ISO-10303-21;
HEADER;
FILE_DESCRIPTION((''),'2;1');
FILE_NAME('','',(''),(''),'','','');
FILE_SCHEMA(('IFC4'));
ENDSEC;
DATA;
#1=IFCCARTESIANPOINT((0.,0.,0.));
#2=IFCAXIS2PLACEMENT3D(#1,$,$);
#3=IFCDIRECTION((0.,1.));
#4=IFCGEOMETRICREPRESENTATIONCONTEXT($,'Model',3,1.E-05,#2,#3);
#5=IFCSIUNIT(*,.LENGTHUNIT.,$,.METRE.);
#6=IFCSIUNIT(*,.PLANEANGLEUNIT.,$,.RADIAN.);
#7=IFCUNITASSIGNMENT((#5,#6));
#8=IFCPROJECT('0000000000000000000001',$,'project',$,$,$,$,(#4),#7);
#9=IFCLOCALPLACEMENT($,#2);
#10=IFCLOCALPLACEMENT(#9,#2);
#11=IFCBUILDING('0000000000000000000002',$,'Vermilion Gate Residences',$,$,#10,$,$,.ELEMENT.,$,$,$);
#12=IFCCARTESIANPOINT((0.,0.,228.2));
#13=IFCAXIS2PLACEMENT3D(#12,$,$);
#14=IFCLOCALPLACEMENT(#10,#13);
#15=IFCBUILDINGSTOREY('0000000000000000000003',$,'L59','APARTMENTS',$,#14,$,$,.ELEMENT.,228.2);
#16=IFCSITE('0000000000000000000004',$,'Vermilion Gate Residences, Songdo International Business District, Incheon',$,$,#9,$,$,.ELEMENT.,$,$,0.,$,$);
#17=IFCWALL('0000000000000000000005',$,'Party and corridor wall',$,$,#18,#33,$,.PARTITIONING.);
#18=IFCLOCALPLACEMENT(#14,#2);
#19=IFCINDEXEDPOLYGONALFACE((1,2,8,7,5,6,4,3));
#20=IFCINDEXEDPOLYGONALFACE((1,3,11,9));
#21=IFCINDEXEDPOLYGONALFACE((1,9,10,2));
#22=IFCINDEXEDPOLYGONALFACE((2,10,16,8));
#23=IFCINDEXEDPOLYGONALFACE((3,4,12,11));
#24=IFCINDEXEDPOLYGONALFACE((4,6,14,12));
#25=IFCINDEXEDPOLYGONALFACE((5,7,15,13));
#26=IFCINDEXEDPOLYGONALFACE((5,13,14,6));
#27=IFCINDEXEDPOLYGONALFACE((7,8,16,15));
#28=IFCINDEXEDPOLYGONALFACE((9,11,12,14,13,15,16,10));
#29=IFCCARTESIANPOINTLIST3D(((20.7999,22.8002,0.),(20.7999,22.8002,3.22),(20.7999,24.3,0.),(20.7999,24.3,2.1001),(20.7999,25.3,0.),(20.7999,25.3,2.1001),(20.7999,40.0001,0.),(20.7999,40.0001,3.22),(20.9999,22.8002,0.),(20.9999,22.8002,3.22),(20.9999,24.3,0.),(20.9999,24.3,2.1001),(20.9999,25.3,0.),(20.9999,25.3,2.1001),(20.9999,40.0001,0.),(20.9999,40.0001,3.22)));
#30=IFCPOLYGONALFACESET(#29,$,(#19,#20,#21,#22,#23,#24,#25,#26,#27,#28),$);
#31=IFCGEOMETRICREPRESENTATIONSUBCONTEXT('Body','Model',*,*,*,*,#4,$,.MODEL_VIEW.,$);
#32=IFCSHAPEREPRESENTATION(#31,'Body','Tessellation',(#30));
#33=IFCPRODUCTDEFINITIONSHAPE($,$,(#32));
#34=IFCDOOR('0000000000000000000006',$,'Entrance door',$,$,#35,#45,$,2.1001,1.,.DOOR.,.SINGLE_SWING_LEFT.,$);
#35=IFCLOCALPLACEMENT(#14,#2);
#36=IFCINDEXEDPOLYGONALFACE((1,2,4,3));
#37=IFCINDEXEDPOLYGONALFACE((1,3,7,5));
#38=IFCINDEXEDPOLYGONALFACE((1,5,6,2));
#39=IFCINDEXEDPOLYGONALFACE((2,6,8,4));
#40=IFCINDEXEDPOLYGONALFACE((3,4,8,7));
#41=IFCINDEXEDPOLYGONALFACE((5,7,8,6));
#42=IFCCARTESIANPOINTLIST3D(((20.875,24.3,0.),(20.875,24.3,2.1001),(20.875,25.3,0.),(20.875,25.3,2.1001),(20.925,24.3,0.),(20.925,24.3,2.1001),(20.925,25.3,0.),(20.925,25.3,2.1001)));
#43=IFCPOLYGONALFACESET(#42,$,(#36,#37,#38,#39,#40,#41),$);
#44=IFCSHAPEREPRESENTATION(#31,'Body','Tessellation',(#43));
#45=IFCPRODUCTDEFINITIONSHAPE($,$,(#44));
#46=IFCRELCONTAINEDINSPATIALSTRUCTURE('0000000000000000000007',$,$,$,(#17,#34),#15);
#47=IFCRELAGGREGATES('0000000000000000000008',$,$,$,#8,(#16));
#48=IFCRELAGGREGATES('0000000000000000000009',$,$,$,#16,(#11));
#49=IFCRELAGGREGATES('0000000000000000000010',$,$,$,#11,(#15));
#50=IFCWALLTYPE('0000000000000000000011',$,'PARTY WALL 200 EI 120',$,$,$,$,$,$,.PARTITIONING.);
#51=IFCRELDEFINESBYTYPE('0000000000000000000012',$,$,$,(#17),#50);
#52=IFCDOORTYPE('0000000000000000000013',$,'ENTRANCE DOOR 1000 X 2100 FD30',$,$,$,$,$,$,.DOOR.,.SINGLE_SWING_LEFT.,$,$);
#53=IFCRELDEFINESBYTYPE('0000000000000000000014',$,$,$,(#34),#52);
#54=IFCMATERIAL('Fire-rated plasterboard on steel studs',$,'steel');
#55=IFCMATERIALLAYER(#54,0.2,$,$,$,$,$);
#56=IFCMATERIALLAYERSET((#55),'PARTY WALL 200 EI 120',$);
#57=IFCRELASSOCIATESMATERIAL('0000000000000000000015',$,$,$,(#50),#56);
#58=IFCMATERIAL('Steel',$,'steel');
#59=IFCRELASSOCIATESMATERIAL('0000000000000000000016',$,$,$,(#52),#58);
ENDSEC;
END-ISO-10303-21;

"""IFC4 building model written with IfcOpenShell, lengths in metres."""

from ifc_helpers import new_model, si_unit, direction, frame, frame_2d, origin, place, context, subcontext, project, spatial, rectangle, extrude, material, layer, layer_set, type_object, element, fill, save


model = new_model("IFC4")

# Units and contexts
model_context = context("Model", 3, precision=1e-05, world=origin(), true_north=direction((0.0, 1.0)))
body_context = subcontext(model_context, "Body", "Model", "MODEL_VIEW")
ifc_project = project(units=[si_unit("LENGTHUNIT", "METRE"), si_unit("PLANEANGLEUNIT", "RADIAN")], contexts=[model_context])

# Site, building, storey
site_placement = place(None, origin())
site = spatial("IfcSite", under=ifc_project, at=site_placement, Name="Vermilion Gate Residences, Songdo International Business District, Incheon", CompositionType="ELEMENT", RefElevation=0.0)
building_placement = place(site_placement, origin())
building = spatial("IfcBuilding", under=site, at=building_placement, Name="Vermilion Gate Residences", CompositionType="ELEMENT")
storey_placement = place(building_placement, frame((0.0, 0.0, 228.2)))
storey = spatial("IfcBuildingStorey", under=building, at=storey_placement, Name="L59", Description="APARTMENTS", CompositionType="ELEMENT", Elevation=228.2)

# Shared definitions
ifc_material_1 = material(Name="Fire-rated plasterboard on steel studs", Category="steel")
ifc_layer_1 = layer(ifc_material_1, 0.2)
ifc_layer_set_1 = layer_set([ifc_layer_1], Name="PARTY WALL 200 EI 120")
wall_type_1 = type_object("IfcWallType", Name="PARTY WALL 200 EI 120", PredefinedType="PARTITIONING", material=ifc_layer_set_1)

# Wall, opening, door
wall_1_placement = place(storey_placement, frame((20.8999, 22.8, 0.0), z_axis=(0.0, 0.0, 1.0), x_axis=(0.0, 1.0, 0.0)))
wall_1 = element("IfcWall", 1, at=wall_1_placement, inside=storey, type_object=wall_type_1, Name="Party and corridor wall", PredefinedType="PARTITIONING", context=body_context, shape_type="SweptSolid", body=[
    extrude(rectangle(XDim=17.2, YDim=0.2, at=frame_2d((8.6001, 0.0))), origin(), (0.0, 0.0, 1.0), 3.22),
])
opening_1_placement = place(wall_1_placement, frame((1.5, 0.0, 0.0)))
opening_1 = element("IfcOpeningElement", 2, at=opening_1_placement, cuts=wall_1, PredefinedType="OPENING", context=body_context, shape_type="SweptSolid", body=[
    extrude(rectangle(XDim=1.0, YDim=2.1001, at=frame_2d((0.5, 1.05))), frame((0.0, 0.1099, 0.0), z_axis=(0.0, -1.0, 0.0), x_axis=(1.0, 0.0, 0.0)), (0.0, 0.0, 1.0), 0.22),
])
ifc_material_2 = material(Name="Steel", Category="steel")
door_type_1 = type_object("IfcDoorType", Name="ENTRANCE DOOR 1000 X 2100 FD30", OperationType="SINGLE_SWING_LEFT", PredefinedType="DOOR", material=ifc_material_2)
door_1_placement = place(opening_1_placement, origin())
door_1 = element("IfcDoor", 3, at=door_1_placement, inside=storey, type_object=door_type_1, Name="Entrance door", OperationType="SINGLE_SWING_LEFT", OverallHeight=2.1001, OverallWidth=1.0, PredefinedType="DOOR", context=body_context, shape_type="SweptSolid", body=[
    extrude(rectangle(XDim=1.0, YDim=2.1001, at=frame_2d((0.5, 1.05))), frame((0.0, 0.0249, 0.0), z_axis=(0.0, -1.0, 0.0), x_axis=(1.0, 0.0, 0.0)), (0.0, 0.0, 1.0), 0.05),
])
fill(opening_1, door_1)

save(model, "model.ifc")
